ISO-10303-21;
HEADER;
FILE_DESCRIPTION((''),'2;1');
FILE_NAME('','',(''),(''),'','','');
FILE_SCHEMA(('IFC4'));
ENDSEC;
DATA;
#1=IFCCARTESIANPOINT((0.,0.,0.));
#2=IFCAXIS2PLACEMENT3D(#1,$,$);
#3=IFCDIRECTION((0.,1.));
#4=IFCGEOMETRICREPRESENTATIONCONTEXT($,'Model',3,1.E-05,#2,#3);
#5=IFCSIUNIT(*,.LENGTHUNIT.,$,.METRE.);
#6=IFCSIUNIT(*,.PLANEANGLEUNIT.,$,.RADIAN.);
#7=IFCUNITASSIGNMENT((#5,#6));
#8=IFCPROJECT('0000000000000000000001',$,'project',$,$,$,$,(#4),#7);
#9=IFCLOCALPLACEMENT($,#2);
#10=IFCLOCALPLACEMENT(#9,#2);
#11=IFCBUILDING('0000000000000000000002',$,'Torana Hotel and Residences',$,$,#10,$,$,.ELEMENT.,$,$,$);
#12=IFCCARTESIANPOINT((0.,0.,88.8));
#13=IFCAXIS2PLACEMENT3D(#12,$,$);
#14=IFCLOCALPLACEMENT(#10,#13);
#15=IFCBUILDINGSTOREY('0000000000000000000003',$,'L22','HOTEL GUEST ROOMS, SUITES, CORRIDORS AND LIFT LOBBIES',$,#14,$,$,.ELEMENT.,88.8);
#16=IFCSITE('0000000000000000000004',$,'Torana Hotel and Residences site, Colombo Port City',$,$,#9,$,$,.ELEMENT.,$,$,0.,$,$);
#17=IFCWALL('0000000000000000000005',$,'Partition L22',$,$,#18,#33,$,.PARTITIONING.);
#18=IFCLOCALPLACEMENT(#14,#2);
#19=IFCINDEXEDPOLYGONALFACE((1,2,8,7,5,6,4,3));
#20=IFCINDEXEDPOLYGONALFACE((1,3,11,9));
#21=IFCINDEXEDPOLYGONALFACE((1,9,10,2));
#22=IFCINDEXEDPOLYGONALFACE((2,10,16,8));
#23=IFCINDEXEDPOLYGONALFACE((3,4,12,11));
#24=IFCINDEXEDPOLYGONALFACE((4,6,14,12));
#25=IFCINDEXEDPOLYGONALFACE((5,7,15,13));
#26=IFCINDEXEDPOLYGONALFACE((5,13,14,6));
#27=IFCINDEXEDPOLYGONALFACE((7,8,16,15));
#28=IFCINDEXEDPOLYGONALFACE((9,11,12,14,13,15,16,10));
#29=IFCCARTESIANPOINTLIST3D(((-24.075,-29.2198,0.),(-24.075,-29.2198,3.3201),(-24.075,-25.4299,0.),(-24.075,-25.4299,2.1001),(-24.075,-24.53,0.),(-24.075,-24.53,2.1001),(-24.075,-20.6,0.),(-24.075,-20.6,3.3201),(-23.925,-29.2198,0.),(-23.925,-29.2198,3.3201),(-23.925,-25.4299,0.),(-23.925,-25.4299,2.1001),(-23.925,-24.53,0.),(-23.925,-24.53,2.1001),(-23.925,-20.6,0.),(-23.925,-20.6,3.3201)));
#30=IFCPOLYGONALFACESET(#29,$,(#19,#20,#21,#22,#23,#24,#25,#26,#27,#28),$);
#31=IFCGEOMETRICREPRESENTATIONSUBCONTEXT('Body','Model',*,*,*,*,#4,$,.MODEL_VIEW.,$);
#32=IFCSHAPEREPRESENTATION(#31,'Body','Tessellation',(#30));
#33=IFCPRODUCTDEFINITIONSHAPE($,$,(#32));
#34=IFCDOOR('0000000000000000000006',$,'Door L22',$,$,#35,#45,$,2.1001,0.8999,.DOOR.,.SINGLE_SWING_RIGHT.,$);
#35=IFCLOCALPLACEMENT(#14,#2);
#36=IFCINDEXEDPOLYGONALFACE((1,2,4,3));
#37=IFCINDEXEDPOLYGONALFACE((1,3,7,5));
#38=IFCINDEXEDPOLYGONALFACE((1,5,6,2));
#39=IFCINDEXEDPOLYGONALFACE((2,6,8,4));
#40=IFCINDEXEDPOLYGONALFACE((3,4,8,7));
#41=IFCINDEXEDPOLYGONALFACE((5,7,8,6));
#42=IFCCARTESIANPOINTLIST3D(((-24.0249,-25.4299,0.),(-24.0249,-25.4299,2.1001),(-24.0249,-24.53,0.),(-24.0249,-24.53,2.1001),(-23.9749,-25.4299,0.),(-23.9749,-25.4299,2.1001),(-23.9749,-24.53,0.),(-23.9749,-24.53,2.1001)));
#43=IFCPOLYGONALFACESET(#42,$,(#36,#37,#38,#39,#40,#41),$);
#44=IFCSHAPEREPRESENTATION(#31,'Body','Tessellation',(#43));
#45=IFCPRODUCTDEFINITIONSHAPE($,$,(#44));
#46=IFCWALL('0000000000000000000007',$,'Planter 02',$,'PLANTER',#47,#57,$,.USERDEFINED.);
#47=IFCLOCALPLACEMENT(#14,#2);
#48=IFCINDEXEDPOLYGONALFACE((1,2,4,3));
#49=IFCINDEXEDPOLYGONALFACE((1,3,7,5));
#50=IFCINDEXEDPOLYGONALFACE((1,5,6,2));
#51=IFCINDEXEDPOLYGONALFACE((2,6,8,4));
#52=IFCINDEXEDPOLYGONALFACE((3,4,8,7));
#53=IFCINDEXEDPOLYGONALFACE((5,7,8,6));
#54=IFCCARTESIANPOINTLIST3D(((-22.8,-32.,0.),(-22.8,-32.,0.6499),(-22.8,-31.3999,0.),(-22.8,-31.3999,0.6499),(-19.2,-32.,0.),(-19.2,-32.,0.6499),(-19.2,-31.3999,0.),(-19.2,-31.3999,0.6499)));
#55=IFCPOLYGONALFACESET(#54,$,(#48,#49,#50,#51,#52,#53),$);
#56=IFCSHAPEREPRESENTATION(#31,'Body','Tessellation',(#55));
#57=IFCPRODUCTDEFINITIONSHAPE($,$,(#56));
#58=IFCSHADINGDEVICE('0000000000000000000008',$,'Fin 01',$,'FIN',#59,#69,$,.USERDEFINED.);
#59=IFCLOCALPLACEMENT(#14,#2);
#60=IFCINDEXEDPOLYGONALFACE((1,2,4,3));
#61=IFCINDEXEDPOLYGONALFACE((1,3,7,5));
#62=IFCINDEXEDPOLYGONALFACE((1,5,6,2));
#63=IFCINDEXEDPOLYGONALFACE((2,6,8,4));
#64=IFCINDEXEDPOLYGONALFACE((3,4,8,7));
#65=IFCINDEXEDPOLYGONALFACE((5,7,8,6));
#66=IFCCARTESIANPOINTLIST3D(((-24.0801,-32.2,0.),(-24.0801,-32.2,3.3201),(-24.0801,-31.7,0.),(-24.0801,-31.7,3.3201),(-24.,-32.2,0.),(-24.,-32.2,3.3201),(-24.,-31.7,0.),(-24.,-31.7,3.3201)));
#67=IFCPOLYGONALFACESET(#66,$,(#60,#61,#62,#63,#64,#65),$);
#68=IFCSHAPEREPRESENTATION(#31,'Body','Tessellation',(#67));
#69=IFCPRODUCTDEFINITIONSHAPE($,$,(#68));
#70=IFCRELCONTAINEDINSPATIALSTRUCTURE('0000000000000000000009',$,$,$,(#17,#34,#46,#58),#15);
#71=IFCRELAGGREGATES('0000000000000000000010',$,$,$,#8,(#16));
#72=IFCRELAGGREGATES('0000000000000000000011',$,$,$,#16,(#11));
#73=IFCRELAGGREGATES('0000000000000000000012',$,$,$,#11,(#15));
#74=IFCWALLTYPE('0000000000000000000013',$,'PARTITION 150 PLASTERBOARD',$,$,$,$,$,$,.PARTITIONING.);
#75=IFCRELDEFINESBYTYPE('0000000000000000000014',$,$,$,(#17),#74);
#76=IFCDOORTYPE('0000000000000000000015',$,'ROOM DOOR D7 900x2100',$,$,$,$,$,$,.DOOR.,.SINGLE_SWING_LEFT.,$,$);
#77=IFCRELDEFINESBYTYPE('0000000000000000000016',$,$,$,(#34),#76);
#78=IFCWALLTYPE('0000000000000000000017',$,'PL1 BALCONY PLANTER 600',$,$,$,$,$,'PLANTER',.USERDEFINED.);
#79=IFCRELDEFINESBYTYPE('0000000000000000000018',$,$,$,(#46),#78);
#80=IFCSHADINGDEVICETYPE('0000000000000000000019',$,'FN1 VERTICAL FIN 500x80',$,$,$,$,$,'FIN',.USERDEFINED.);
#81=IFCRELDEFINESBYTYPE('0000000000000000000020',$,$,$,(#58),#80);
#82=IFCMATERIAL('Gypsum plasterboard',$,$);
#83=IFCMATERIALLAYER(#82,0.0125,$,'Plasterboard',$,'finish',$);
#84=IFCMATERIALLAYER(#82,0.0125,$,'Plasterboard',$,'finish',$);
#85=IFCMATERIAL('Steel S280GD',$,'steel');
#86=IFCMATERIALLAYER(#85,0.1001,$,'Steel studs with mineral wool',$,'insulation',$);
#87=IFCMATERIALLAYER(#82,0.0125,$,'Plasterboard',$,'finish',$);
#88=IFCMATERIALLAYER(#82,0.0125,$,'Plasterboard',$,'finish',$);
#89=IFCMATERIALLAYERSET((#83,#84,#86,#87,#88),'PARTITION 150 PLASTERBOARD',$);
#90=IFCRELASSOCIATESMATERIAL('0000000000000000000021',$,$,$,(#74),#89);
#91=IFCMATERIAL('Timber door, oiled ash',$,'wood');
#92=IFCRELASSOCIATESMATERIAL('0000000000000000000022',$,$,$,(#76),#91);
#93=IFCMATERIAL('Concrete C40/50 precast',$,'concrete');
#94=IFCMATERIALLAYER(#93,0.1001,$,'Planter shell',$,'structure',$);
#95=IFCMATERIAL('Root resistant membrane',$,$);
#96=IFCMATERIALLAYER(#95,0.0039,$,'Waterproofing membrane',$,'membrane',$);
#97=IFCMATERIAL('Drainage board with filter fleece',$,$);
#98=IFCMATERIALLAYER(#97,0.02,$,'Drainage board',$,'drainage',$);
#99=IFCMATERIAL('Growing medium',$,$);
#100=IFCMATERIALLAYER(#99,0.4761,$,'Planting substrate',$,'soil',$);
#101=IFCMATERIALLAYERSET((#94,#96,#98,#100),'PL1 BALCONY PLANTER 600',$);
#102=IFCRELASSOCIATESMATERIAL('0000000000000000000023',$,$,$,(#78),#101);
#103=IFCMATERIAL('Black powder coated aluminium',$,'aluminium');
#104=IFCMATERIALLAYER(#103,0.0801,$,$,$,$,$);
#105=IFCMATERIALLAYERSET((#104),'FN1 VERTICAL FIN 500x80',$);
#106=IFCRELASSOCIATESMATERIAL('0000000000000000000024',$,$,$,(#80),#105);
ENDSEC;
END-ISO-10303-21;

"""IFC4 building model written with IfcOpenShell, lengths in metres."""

from ifc_helpers import new_model, si_unit, direction, frame, frame_2d, origin, origin_2d, place, context, subcontext, project, spatial, rectangle, extrude, material, layer, layer_set, type_object, element, fill, save


model = new_model("IFC4")

# Units and contexts
model_context = context("Model", 3, precision=1e-05, world=origin(), true_north=direction((0.0, 1.0)))
body_context = subcontext(model_context, "Body", "Model", "MODEL_VIEW")
ifc_project = project(units=[si_unit("LENGTHUNIT", "METRE"), si_unit("PLANEANGLEUNIT", "RADIAN")], contexts=[model_context])

# Site, building, storey
site_placement = place(None, origin())
site = spatial("IfcSite", under=ifc_project, at=site_placement, Name="Torana Hotel and Residences site, Colombo Port City", CompositionType="ELEMENT", RefElevation=0.0)
building_placement = place(site_placement, origin())
building = spatial("IfcBuilding", under=site, at=building_placement, Name="Torana Hotel and Residences", CompositionType="ELEMENT")
storey_placement = place(building_placement, frame((0.0, 0.0, 88.8)))
storey = spatial("IfcBuildingStorey", under=building, at=storey_placement, Name="L22", Description="HOTEL GUEST ROOMS, SUITES, CORRIDORS AND LIFT LOBBIES", CompositionType="ELEMENT", Elevation=88.8)

# Wall, opening, door
ifc_material_1 = material(Name="Gypsum plasterboard")
ifc_layer_1 = layer(ifc_material_1, 0.0125, Name="Plasterboard", Category="finish")
ifc_layer_2 = layer(ifc_material_1, 0.0125, Name="Plasterboard", Category="finish")
ifc_material_2 = material(Name="Steel S280GD", Category="steel")
ifc_layer_3 = layer(ifc_material_2, 0.1001, Name="Steel studs with mineral wool", Category="insulation")
ifc_layer_4 = layer(ifc_material_1, 0.0125, Name="Plasterboard", Category="finish")
ifc_layer_5 = layer(ifc_material_1, 0.0125, Name="Plasterboard", Category="finish")
ifc_layer_set_1 = layer_set([ifc_layer_1, ifc_layer_2, ifc_layer_3, ifc_layer_4, ifc_layer_5], Name="PARTITION 150 PLASTERBOARD")
wall_type_1 = type_object("IfcWallType", Name="PARTITION 150 PLASTERBOARD", PredefinedType="PARTITIONING", material=ifc_layer_set_1)
wall_1_placement = place(storey_placement, frame((-24.0, -29.22, 0.0), z_axis=(0.0, 0.0, 1.0), x_axis=(0.0, 1.0, 0.0)))
wall_1 = element("IfcWall", 1, at=wall_1_placement, inside=storey, type_object=wall_type_1, Name="Partition L22", PredefinedType="PARTITIONING", context=body_context, shape_type="SweptSolid", body=[
    extrude(rectangle(XDim=8.6199, YDim=0.1499, at=frame_2d((4.3101, 0.0))), origin(), (0.0, 0.0, 1.0), 3.3201),
])
opening_placement = place(wall_1_placement, frame((3.79, 0.0, 0.0)))
opening = element("IfcOpeningElement", 2, at=opening_placement, cuts=wall_1, PredefinedType="OPENING", context=body_context, shape_type="SweptSolid", body=[
    extrude(rectangle(XDim=0.8999, YDim=2.1001, at=frame_2d((0.45, 1.05))), frame((0.0, 0.085, 0.0), z_axis=(0.0, -1.0, 0.0), x_axis=(1.0, 0.0, 0.0)), (0.0, 0.0, 1.0), 0.1699),
])
ifc_material_3 = material(Name="Timber door, oiled ash", Category="wood")
door_type = type_object("IfcDoorType", Name="ROOM DOOR D7 900x2100", OperationType="SINGLE_SWING_LEFT", PredefinedType="DOOR", material=ifc_material_3)
door_placement = place(opening_placement, origin())
door = element("IfcDoor", 3, at=door_placement, inside=storey, type_object=door_type, Name="Door L22", OperationType="SINGLE_SWING_RIGHT", OverallHeight=2.1001, OverallWidth=0.8999, PredefinedType="DOOR", context=body_context, shape_type="SweptSolid", body=[
    extrude(rectangle(XDim=0.8999, YDim=2.1001, at=frame_2d((0.45, 1.05))), frame((0.0, 0.0249, 0.0), z_axis=(0.0, -1.0, 0.0), x_axis=(1.0, 0.0, 0.0)), (0.0, 0.0, 1.0), 0.05),
])
fill(opening, door)

# Wall
ifc_material_4 = material(Name="Concrete C40/50 precast", Category="concrete")
ifc_layer_6 = layer(ifc_material_4, 0.1001, Name="Planter shell", Category="structure")
ifc_material_5 = material(Name="Root resistant membrane")
ifc_layer_7 = layer(ifc_material_5, 0.0039, Name="Waterproofing membrane", Category="membrane")
ifc_material_6 = material(Name="Drainage board with filter fleece")
ifc_layer_8 = layer(ifc_material_6, 0.02, Name="Drainage board", Category="drainage")
ifc_material_7 = material(Name="Growing medium")
ifc_layer_9 = layer(ifc_material_7, 0.4761, Name="Planting substrate", Category="soil")
ifc_layer_set_2 = layer_set([ifc_layer_6, ifc_layer_7, ifc_layer_8, ifc_layer_9], Name="PL1 BALCONY PLANTER 600")
wall_type_2 = type_object("IfcWallType", Name="PL1 BALCONY PLANTER 600", ElementType="PLANTER", PredefinedType="USERDEFINED", material=ifc_layer_set_2)
wall_2_placement = place(storey_placement, frame((-19.2, -31.7, 0.0), z_axis=(0.0, 0.0, 1.0), x_axis=(-1.0, 0.0, 0.0)))
element("IfcWall", 4, at=wall_2_placement, inside=storey, type_object=wall_type_2, Name="Planter 02", ObjectType="PLANTER", PredefinedType="USERDEFINED", context=body_context, shape_type="SweptSolid", body=[
    extrude(rectangle(XDim=3.6001, YDim=0.6001, at=frame_2d((1.8, 0.0))), origin(), (0.0, 0.0, 1.0), 0.6499),
])

# Shading device
ifc_material_8 = material(Name="Black powder coated aluminium", Category="aluminium")
ifc_layer_10 = layer(ifc_material_8, 0.0801)
ifc_layer_set_3 = layer_set([ifc_layer_10], Name="FN1 VERTICAL FIN 500x80")
shading_device_type = type_object("IfcShadingDeviceType", Name="FN1 VERTICAL FIN 500x80", ElementType="FIN", PredefinedType="USERDEFINED", material=ifc_layer_set_3)
shading_device_placement = place(storey_placement, frame((-24.04, -31.95, 0.0), z_axis=(0.0, 0.0, 1.0), x_axis=(-1.0, 0.0, 0.0)))
element("IfcShadingDevice", 5, at=shading_device_placement, inside=storey, type_object=shading_device_type, Name="Fin 01", ObjectType="FIN", PredefinedType="USERDEFINED", context=body_context, shape_type="SweptSolid", body=[
    extrude(rectangle(XDim=0.0801, YDim=0.5, at=origin_2d()), origin(), (0.0, 0.0, 1.0), 3.3201),
])

save(model, "model.ifc")
